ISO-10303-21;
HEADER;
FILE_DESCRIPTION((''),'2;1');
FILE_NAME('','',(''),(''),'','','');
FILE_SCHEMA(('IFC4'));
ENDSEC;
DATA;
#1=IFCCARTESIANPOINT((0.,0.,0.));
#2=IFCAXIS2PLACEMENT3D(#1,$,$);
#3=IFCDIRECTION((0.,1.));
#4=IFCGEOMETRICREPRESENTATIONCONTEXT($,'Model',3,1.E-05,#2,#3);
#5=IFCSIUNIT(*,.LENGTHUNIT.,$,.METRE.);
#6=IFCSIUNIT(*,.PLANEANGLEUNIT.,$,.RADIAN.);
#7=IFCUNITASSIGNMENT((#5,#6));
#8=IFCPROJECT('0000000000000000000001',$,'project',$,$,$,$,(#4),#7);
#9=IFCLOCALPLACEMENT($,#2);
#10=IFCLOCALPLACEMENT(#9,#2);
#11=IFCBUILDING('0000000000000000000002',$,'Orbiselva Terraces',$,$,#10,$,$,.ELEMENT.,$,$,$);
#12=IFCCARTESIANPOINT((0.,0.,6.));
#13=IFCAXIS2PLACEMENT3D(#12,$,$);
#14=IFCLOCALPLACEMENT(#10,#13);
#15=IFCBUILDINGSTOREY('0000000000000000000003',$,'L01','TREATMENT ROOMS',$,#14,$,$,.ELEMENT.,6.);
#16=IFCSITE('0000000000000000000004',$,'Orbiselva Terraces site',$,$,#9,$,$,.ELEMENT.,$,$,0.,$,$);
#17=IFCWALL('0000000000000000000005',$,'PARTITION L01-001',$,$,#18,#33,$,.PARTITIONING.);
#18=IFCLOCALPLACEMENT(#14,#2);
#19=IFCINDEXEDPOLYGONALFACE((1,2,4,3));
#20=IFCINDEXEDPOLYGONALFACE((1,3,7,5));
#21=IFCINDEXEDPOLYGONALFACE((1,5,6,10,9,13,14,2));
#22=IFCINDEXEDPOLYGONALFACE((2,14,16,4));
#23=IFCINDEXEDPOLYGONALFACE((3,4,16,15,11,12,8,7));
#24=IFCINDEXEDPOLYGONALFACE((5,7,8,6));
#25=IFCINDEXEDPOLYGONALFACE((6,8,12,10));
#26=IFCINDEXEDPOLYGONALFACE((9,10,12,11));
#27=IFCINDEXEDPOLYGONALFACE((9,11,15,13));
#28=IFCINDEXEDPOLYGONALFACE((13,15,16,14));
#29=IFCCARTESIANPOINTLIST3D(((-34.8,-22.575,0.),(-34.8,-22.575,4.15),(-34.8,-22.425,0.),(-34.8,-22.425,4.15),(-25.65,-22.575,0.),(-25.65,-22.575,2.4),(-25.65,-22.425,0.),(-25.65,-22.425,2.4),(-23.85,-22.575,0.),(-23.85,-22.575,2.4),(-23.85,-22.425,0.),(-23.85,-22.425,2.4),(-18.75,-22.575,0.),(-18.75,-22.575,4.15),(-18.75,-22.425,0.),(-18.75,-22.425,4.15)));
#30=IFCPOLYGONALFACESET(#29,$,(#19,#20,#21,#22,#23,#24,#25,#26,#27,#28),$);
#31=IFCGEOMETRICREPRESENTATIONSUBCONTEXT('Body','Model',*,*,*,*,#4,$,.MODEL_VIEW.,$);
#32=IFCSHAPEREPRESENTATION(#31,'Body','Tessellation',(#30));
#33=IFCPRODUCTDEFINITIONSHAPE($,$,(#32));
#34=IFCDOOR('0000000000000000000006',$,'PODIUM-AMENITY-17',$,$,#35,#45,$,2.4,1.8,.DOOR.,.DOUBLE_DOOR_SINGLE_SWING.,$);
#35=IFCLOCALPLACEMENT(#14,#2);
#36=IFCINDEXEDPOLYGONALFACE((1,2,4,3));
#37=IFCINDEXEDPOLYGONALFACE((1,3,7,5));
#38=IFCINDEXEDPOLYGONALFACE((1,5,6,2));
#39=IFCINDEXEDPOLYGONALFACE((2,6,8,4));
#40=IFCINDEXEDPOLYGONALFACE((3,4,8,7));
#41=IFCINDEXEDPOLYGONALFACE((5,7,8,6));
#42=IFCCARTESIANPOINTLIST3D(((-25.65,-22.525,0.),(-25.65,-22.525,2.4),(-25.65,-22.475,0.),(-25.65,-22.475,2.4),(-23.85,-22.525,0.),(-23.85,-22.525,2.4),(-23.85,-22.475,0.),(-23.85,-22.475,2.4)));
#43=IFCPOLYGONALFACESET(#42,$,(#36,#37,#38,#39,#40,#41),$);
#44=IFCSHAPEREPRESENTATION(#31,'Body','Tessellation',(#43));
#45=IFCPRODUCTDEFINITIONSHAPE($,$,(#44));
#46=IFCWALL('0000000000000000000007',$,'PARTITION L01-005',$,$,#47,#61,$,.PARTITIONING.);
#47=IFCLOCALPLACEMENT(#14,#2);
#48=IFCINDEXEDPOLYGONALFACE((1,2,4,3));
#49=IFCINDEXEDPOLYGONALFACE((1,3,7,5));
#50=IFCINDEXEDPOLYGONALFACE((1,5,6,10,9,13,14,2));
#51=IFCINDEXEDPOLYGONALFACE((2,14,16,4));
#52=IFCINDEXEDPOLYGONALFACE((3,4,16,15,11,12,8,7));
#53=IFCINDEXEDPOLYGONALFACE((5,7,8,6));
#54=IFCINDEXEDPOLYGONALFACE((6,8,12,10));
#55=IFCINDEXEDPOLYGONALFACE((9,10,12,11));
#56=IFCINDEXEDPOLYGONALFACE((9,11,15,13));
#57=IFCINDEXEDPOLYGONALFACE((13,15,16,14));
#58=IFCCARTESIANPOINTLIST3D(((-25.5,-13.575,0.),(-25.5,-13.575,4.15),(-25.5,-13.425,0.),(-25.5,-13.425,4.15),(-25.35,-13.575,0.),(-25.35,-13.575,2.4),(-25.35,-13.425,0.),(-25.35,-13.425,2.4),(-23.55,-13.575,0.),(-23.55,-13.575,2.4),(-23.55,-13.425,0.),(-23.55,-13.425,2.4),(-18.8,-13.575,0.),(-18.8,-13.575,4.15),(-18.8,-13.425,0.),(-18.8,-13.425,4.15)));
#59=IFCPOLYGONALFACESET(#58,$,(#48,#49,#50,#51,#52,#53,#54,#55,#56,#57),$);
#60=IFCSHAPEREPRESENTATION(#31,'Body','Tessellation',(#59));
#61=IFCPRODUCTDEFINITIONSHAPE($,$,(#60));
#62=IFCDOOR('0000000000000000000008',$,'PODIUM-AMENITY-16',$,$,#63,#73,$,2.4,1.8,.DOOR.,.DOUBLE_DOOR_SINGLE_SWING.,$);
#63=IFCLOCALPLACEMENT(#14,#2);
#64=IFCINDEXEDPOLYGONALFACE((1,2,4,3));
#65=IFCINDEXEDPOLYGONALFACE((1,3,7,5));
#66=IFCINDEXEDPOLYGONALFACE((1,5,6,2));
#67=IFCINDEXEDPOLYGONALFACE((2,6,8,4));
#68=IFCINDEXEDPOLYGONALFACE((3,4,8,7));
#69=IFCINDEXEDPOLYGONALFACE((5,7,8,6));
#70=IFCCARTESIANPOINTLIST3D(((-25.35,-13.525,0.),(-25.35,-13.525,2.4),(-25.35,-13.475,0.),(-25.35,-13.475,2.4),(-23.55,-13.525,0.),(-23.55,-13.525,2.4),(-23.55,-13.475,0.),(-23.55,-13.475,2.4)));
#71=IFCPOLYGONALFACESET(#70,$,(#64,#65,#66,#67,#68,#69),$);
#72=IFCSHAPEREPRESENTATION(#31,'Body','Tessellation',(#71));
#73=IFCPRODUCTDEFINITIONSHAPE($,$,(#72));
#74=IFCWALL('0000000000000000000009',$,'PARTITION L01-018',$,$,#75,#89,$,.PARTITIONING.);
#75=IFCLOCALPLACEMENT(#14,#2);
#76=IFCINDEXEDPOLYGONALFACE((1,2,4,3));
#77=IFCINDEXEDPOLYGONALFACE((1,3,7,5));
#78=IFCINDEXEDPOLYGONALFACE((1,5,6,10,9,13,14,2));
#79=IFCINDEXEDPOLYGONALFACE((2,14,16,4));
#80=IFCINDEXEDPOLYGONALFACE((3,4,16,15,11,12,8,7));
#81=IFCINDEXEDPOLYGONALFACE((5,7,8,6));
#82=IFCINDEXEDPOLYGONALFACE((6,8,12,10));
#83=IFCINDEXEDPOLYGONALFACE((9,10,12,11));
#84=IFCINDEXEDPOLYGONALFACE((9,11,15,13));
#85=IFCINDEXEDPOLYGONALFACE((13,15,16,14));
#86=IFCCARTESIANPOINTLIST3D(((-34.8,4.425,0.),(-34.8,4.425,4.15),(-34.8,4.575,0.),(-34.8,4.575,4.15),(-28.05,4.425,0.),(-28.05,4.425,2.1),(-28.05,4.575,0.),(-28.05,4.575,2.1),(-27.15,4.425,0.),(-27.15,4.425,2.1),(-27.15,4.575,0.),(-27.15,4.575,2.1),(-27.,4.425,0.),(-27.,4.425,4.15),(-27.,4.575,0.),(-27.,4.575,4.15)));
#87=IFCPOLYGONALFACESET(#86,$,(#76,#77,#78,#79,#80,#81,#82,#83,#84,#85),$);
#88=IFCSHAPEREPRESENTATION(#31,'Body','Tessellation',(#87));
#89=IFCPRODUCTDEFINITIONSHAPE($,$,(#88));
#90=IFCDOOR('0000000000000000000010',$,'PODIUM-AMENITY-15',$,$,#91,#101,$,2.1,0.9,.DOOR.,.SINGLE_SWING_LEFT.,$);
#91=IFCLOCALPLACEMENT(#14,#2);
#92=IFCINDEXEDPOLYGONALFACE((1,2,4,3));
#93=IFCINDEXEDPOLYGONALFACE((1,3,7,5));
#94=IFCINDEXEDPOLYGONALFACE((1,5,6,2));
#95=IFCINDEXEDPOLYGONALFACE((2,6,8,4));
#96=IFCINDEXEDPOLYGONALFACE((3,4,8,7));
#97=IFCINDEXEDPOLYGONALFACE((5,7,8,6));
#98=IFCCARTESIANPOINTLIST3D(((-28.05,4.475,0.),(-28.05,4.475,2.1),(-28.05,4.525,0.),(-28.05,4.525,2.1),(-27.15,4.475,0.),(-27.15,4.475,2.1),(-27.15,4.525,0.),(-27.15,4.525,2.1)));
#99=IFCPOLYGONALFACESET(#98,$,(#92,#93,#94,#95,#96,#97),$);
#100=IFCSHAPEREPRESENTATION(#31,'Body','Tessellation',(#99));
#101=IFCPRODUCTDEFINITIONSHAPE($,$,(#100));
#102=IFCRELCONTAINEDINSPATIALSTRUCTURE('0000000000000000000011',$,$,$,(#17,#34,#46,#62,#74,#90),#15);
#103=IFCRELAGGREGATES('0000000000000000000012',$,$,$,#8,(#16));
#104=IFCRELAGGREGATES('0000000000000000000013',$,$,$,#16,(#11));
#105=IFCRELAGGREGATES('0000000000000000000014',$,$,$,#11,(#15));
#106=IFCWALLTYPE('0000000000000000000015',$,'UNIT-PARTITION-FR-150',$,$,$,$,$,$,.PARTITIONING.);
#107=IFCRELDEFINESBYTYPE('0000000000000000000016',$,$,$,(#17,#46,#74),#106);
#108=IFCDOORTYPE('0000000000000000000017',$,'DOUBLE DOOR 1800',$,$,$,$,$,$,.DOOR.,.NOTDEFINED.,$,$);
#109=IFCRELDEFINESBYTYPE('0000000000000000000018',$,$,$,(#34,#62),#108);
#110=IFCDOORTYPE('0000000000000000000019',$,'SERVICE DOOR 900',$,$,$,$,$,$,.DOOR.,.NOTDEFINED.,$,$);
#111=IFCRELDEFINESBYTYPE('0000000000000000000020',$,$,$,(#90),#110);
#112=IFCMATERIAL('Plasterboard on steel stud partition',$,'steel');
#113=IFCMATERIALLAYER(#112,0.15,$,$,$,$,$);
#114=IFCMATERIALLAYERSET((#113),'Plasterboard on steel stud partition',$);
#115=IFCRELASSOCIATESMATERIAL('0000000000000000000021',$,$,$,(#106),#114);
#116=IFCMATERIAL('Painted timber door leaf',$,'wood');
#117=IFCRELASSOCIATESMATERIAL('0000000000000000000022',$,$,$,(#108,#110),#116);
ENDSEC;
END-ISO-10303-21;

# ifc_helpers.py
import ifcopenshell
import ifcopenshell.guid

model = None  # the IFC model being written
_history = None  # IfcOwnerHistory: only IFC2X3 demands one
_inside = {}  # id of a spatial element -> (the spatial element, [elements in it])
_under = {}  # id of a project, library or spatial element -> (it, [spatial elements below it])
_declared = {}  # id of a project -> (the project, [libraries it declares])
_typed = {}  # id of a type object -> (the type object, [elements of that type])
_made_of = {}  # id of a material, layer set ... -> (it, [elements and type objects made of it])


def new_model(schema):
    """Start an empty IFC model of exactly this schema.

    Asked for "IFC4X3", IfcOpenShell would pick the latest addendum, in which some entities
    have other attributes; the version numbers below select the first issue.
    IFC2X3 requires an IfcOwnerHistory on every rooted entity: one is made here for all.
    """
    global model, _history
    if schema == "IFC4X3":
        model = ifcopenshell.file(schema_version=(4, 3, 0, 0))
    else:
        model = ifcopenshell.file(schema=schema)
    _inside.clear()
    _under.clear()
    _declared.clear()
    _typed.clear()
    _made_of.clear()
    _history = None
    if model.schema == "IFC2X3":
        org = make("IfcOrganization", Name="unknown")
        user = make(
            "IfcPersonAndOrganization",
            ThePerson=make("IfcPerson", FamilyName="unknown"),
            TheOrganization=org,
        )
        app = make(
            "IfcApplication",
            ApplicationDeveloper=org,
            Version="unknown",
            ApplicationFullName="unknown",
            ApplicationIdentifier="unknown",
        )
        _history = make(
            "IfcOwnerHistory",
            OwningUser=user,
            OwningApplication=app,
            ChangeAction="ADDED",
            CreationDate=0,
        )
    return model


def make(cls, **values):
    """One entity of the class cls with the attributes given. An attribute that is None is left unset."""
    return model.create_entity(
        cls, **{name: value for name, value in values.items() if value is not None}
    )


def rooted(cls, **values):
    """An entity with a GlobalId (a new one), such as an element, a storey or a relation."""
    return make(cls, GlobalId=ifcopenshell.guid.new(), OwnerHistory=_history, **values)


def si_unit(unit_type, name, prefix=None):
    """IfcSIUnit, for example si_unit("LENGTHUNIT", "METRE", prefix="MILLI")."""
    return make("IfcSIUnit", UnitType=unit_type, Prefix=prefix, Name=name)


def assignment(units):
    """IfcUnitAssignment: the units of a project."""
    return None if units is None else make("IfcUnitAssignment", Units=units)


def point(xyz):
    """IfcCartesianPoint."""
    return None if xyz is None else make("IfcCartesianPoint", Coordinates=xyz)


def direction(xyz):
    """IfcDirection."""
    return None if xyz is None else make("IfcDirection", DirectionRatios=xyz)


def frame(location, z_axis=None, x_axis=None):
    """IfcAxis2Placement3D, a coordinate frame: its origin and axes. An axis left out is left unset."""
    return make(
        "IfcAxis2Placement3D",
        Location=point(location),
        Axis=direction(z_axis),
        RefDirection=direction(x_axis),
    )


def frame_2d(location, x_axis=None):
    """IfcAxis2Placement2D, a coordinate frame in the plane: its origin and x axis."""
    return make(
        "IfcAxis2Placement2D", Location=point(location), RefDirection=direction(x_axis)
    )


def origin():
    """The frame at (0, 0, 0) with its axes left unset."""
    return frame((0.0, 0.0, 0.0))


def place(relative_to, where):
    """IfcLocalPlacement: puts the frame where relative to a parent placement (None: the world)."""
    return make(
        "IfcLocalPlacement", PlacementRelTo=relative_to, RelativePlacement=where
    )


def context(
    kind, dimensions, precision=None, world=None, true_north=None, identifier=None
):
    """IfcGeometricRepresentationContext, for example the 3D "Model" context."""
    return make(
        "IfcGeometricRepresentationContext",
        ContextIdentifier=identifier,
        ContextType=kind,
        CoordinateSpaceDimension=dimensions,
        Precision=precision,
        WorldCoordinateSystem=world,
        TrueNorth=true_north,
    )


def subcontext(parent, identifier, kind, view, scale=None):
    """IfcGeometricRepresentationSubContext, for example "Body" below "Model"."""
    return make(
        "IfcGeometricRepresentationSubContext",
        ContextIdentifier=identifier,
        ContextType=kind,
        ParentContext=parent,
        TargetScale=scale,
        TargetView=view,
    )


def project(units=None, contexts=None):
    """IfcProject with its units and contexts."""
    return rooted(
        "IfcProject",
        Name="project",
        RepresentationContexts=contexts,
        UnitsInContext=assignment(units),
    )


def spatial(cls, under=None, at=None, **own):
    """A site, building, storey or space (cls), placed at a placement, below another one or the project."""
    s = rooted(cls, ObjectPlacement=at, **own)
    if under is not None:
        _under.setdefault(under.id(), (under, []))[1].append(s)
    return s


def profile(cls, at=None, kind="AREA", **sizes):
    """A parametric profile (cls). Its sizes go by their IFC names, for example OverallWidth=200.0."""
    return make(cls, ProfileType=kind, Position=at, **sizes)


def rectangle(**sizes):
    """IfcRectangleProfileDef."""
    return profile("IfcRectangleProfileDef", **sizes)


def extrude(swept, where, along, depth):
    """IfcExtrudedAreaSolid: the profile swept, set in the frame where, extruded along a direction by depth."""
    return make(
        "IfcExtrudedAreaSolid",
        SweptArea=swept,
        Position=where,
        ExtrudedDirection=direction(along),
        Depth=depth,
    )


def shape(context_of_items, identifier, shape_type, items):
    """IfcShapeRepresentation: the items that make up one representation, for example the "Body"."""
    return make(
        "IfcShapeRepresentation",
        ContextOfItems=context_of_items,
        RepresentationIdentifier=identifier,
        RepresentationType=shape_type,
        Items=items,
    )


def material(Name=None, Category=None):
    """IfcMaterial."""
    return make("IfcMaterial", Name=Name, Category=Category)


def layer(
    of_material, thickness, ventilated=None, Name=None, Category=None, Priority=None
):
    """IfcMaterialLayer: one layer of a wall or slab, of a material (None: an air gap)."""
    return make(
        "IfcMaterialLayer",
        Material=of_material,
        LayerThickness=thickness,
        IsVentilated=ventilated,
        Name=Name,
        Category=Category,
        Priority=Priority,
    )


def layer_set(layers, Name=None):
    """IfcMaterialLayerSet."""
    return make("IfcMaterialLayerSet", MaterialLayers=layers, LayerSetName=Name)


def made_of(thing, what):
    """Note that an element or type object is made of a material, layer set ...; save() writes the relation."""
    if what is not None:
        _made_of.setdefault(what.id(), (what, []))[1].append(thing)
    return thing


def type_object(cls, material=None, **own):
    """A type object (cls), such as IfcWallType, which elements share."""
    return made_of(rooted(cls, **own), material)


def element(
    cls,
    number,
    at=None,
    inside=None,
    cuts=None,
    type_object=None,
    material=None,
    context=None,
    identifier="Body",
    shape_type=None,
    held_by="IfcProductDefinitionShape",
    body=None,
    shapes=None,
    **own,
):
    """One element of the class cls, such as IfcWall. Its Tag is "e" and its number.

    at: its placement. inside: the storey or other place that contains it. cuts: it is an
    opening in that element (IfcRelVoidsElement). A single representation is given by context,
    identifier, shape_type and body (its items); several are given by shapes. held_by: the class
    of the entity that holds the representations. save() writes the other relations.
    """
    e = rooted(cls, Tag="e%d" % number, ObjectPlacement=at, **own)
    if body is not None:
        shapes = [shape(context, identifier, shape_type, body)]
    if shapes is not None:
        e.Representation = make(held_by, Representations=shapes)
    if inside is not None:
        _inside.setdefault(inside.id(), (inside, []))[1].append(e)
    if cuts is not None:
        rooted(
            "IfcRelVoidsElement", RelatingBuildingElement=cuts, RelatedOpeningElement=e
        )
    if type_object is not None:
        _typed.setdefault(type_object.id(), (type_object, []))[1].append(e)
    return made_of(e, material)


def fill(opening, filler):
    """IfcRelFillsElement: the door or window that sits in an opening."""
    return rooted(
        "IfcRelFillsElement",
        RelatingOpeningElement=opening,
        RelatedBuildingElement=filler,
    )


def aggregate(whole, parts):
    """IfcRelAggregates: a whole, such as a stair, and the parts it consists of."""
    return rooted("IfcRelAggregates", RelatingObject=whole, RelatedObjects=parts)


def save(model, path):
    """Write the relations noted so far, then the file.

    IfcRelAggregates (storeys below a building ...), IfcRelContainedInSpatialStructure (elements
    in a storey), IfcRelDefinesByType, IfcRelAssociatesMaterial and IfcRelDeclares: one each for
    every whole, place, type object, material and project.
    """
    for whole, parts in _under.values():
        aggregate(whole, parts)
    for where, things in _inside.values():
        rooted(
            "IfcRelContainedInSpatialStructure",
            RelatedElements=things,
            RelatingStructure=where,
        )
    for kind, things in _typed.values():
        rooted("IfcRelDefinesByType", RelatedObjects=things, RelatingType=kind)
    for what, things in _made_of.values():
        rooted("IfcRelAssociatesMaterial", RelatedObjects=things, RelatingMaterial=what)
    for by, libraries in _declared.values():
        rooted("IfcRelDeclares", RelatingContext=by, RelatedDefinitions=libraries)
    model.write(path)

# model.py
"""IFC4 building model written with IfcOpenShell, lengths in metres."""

from ifc_helpers import new_model, si_unit, direction, frame, frame_2d, origin, place, context, subcontext, project, spatial, rectangle, extrude, material, layer, layer_set, type_object, element, fill, save


model = new_model("IFC4")

# Units and contexts
model_context = context("Model", 3, precision=1e-05, world=origin(), true_north=direction((0.0, 1.0)))
body_context = subcontext(model_context, "Body", "Model", "MODEL_VIEW")
ifc_project = project(units=[si_unit("LENGTHUNIT", "METRE"), si_unit("PLANEANGLEUNIT", "RADIAN")], contexts=[model_context])

# Site, building, storey
site_placement = place(None, origin())
site = spatial("IfcSite", under=ifc_project, at=site_placement, Name="Orbiselva Terraces site", CompositionType="ELEMENT", RefElevation=0.0)
building_placement = place(site_placement, origin())
building = spatial("IfcBuilding", under=site, at=building_placement, Name="Orbiselva Terraces", CompositionType="ELEMENT")
storey_placement = place(building_placement, frame((0.0, 0.0, 6.0)))
storey = spatial("IfcBuildingStorey", under=building, at=storey_placement, Name="L01", Description="TREATMENT ROOMS", CompositionType="ELEMENT", Elevation=6.0)

# Shared definitions
ifc_material_1 = material(Name="Plasterboard on steel stud partition", Category="steel")
ifc_material_2 = material(Name="Painted timber door leaf", Category="wood")

# Walls, openings, doors
ifc_layer_1 = layer(ifc_material_1, 0.15)
ifc_layer_set_1 = layer_set([ifc_layer_1], Name="Plasterboard on steel stud partition")
wall_type_1 = type_object("IfcWallType", Name="UNIT-PARTITION-FR-150", PredefinedType="PARTITIONING", material=ifc_layer_set_1)
wall_1_placement = place(storey_placement, frame((-34.8, -22.5, 0.0), z_axis=(0.0, 0.0, 1.0), x_axis=(1.0, 0.0, 0.0)))
wall_1 = element("IfcWall", 1, at=wall_1_placement, inside=storey, type_object=wall_type_1, Name="PARTITION L01-001", PredefinedType="PARTITIONING", context=body_context, shape_type="SweptSolid", body=[
    extrude(rectangle(XDim=16.05, YDim=0.15, at=frame_2d((8.025, 0.0))), origin(), (0.0, 0.0, 1.0), 4.15),
])
opening_1_placement = place(wall_1_placement, frame((9.15, 0.0, 0.0)))
opening_1 = element("IfcOpeningElement", 2, at=opening_1_placement, cuts=wall_1, PredefinedType="OPENING", context=body_context, shape_type="SweptSolid", body=[
    extrude(rectangle(XDim=1.8, YDim=2.4, at=frame_2d((0.9, 1.2))), frame((0.0, 0.085, 0.0), z_axis=(0.0, -1.0, 0.0), x_axis=(1.0, 0.0, 0.0)), (0.0, 0.0, 1.0), 0.17),
])
door_type_1 = type_object("IfcDoorType", Name="DOUBLE DOOR 1800", OperationType="NOTDEFINED", PredefinedType="DOOR", material=ifc_material_2)
door_1_placement = place(opening_1_placement, origin())
door_1 = element("IfcDoor", 3, at=door_1_placement, inside=storey, type_object=door_type_1, Name="PODIUM-AMENITY-17", OperationType="DOUBLE_DOOR_SINGLE_SWING", OverallHeight=2.4, OverallWidth=1.8, PredefinedType="DOOR", context=body_context, shape_type="SweptSolid", body=[
    extrude(rectangle(XDim=1.8, YDim=2.4, at=frame_2d((0.9, 1.2))), frame((0.0, 0.025, 0.0), z_axis=(0.0, -1.0, 0.0), x_axis=(1.0, 0.0, 0.0)), (0.0, 0.0, 1.0), 0.05),
])
fill(opening_1, door_1)
wall_2_placement = place(storey_placement, frame((-25.5, -13.5, 0.0), z_axis=(0.0, 0.0, 1.0), x_axis=(1.0, 0.0, 0.0)))
wall_2 = element("IfcWall", 4, at=wall_2_placement, inside=storey, type_object=wall_type_1, Name="PARTITION L01-005", PredefinedType="PARTITIONING", context=body_context, shape_type="SweptSolid", body=[
    extrude(rectangle(XDim=6.7, YDim=0.15, at=frame_2d((3.35, 0.0))), origin(), (0.0, 0.0, 1.0), 4.15),
])
opening_2_placement = place(wall_2_placement, frame((0.15, 0.0, 0.0)))
opening_2 = element("IfcOpeningElement", 5, at=opening_2_placement, cuts=wall_2, PredefinedType="OPENING", context=body_context, shape_type="SweptSolid", body=[
    extrude(rectangle(XDim=1.8, YDim=2.4, at=frame_2d((0.9, 1.2))), frame((0.0, 0.085, 0.0), z_axis=(0.0, -1.0, 0.0), x_axis=(1.0, 0.0, 0.0)), (0.0, 0.0, 1.0), 0.17),
])
door_2_placement = place(opening_2_placement, origin())
door_2 = element("IfcDoor", 6, at=door_2_placement, inside=storey, type_object=door_type_1, Name="PODIUM-AMENITY-16", OperationType="DOUBLE_DOOR_SINGLE_SWING", OverallHeight=2.4, OverallWidth=1.8, PredefinedType="DOOR", context=body_context, shape_type="SweptSolid", body=[
    extrude(rectangle(XDim=1.8, YDim=2.4, at=frame_2d((0.9, 1.2))), frame((0.0, 0.025, 0.0), z_axis=(0.0, -1.0, 0.0), x_axis=(1.0, 0.0, 0.0)), (0.0, 0.0, 1.0), 0.05),
])
fill(opening_2, door_2)
wall_3_placement = place(storey_placement, frame((-27.0, 4.5, 0.0), z_axis=(0.0, 0.0, 1.0), x_axis=(-1.0, 0.0, 0.0)))
wall_3 = element("IfcWall", 7, at=wall_3_placement, inside=storey, type_object=wall_type_1, Name="PARTITION L01-018", PredefinedType="PARTITIONING", context=body_context, shape_type="SweptSolid", body=[
    extrude(rectangle(XDim=7.8, YDim=0.15, at=frame_2d((3.9, 0.0))), origin(), (0.0, 0.0, 1.0), 4.15),
])
opening_3_placement = place(wall_3_placement, frame((0.15, 0.0, 0.0)))
opening_3 = element("IfcOpeningElement", 8, at=opening_3_placement, cuts=wall_3, PredefinedType="OPENING", context=body_context, shape_type="SweptSolid", body=[
    extrude(rectangle(XDim=0.9, YDim=2.1, at=frame_2d((0.45, 1.05))), frame((0.0, 0.085, 0.0), z_axis=(0.0, -1.0, 0.0), x_axis=(1.0, 0.0, 0.0)), (0.0, 0.0, 1.0), 0.17),
])
door_type_2 = type_object("IfcDoorType", Name="SERVICE DOOR 900", OperationType="NOTDEFINED", PredefinedType="DOOR", material=ifc_material_2)
door_3_placement = place(opening_3_placement, origin())
door_3 = element("IfcDoor", 9, at=door_3_placement, inside=storey, type_object=door_type_2, Name="PODIUM-AMENITY-15", OperationType="SINGLE_SWING_LEFT", OverallHeight=2.1, OverallWidth=0.9, PredefinedType="DOOR", context=body_context, shape_type="SweptSolid", body=[
    extrude(rectangle(XDim=0.9, YDim=2.1, at=frame_2d((0.45, 1.05))), frame((0.0, 0.025, 0.0), z_axis=(0.0, -1.0, 0.0), x_axis=(1.0, 0.0, 0.0)), (0.0, 0.0, 1.0), 0.05),
])
fill(opening_3, door_3)

save(model, "model.ifc")
